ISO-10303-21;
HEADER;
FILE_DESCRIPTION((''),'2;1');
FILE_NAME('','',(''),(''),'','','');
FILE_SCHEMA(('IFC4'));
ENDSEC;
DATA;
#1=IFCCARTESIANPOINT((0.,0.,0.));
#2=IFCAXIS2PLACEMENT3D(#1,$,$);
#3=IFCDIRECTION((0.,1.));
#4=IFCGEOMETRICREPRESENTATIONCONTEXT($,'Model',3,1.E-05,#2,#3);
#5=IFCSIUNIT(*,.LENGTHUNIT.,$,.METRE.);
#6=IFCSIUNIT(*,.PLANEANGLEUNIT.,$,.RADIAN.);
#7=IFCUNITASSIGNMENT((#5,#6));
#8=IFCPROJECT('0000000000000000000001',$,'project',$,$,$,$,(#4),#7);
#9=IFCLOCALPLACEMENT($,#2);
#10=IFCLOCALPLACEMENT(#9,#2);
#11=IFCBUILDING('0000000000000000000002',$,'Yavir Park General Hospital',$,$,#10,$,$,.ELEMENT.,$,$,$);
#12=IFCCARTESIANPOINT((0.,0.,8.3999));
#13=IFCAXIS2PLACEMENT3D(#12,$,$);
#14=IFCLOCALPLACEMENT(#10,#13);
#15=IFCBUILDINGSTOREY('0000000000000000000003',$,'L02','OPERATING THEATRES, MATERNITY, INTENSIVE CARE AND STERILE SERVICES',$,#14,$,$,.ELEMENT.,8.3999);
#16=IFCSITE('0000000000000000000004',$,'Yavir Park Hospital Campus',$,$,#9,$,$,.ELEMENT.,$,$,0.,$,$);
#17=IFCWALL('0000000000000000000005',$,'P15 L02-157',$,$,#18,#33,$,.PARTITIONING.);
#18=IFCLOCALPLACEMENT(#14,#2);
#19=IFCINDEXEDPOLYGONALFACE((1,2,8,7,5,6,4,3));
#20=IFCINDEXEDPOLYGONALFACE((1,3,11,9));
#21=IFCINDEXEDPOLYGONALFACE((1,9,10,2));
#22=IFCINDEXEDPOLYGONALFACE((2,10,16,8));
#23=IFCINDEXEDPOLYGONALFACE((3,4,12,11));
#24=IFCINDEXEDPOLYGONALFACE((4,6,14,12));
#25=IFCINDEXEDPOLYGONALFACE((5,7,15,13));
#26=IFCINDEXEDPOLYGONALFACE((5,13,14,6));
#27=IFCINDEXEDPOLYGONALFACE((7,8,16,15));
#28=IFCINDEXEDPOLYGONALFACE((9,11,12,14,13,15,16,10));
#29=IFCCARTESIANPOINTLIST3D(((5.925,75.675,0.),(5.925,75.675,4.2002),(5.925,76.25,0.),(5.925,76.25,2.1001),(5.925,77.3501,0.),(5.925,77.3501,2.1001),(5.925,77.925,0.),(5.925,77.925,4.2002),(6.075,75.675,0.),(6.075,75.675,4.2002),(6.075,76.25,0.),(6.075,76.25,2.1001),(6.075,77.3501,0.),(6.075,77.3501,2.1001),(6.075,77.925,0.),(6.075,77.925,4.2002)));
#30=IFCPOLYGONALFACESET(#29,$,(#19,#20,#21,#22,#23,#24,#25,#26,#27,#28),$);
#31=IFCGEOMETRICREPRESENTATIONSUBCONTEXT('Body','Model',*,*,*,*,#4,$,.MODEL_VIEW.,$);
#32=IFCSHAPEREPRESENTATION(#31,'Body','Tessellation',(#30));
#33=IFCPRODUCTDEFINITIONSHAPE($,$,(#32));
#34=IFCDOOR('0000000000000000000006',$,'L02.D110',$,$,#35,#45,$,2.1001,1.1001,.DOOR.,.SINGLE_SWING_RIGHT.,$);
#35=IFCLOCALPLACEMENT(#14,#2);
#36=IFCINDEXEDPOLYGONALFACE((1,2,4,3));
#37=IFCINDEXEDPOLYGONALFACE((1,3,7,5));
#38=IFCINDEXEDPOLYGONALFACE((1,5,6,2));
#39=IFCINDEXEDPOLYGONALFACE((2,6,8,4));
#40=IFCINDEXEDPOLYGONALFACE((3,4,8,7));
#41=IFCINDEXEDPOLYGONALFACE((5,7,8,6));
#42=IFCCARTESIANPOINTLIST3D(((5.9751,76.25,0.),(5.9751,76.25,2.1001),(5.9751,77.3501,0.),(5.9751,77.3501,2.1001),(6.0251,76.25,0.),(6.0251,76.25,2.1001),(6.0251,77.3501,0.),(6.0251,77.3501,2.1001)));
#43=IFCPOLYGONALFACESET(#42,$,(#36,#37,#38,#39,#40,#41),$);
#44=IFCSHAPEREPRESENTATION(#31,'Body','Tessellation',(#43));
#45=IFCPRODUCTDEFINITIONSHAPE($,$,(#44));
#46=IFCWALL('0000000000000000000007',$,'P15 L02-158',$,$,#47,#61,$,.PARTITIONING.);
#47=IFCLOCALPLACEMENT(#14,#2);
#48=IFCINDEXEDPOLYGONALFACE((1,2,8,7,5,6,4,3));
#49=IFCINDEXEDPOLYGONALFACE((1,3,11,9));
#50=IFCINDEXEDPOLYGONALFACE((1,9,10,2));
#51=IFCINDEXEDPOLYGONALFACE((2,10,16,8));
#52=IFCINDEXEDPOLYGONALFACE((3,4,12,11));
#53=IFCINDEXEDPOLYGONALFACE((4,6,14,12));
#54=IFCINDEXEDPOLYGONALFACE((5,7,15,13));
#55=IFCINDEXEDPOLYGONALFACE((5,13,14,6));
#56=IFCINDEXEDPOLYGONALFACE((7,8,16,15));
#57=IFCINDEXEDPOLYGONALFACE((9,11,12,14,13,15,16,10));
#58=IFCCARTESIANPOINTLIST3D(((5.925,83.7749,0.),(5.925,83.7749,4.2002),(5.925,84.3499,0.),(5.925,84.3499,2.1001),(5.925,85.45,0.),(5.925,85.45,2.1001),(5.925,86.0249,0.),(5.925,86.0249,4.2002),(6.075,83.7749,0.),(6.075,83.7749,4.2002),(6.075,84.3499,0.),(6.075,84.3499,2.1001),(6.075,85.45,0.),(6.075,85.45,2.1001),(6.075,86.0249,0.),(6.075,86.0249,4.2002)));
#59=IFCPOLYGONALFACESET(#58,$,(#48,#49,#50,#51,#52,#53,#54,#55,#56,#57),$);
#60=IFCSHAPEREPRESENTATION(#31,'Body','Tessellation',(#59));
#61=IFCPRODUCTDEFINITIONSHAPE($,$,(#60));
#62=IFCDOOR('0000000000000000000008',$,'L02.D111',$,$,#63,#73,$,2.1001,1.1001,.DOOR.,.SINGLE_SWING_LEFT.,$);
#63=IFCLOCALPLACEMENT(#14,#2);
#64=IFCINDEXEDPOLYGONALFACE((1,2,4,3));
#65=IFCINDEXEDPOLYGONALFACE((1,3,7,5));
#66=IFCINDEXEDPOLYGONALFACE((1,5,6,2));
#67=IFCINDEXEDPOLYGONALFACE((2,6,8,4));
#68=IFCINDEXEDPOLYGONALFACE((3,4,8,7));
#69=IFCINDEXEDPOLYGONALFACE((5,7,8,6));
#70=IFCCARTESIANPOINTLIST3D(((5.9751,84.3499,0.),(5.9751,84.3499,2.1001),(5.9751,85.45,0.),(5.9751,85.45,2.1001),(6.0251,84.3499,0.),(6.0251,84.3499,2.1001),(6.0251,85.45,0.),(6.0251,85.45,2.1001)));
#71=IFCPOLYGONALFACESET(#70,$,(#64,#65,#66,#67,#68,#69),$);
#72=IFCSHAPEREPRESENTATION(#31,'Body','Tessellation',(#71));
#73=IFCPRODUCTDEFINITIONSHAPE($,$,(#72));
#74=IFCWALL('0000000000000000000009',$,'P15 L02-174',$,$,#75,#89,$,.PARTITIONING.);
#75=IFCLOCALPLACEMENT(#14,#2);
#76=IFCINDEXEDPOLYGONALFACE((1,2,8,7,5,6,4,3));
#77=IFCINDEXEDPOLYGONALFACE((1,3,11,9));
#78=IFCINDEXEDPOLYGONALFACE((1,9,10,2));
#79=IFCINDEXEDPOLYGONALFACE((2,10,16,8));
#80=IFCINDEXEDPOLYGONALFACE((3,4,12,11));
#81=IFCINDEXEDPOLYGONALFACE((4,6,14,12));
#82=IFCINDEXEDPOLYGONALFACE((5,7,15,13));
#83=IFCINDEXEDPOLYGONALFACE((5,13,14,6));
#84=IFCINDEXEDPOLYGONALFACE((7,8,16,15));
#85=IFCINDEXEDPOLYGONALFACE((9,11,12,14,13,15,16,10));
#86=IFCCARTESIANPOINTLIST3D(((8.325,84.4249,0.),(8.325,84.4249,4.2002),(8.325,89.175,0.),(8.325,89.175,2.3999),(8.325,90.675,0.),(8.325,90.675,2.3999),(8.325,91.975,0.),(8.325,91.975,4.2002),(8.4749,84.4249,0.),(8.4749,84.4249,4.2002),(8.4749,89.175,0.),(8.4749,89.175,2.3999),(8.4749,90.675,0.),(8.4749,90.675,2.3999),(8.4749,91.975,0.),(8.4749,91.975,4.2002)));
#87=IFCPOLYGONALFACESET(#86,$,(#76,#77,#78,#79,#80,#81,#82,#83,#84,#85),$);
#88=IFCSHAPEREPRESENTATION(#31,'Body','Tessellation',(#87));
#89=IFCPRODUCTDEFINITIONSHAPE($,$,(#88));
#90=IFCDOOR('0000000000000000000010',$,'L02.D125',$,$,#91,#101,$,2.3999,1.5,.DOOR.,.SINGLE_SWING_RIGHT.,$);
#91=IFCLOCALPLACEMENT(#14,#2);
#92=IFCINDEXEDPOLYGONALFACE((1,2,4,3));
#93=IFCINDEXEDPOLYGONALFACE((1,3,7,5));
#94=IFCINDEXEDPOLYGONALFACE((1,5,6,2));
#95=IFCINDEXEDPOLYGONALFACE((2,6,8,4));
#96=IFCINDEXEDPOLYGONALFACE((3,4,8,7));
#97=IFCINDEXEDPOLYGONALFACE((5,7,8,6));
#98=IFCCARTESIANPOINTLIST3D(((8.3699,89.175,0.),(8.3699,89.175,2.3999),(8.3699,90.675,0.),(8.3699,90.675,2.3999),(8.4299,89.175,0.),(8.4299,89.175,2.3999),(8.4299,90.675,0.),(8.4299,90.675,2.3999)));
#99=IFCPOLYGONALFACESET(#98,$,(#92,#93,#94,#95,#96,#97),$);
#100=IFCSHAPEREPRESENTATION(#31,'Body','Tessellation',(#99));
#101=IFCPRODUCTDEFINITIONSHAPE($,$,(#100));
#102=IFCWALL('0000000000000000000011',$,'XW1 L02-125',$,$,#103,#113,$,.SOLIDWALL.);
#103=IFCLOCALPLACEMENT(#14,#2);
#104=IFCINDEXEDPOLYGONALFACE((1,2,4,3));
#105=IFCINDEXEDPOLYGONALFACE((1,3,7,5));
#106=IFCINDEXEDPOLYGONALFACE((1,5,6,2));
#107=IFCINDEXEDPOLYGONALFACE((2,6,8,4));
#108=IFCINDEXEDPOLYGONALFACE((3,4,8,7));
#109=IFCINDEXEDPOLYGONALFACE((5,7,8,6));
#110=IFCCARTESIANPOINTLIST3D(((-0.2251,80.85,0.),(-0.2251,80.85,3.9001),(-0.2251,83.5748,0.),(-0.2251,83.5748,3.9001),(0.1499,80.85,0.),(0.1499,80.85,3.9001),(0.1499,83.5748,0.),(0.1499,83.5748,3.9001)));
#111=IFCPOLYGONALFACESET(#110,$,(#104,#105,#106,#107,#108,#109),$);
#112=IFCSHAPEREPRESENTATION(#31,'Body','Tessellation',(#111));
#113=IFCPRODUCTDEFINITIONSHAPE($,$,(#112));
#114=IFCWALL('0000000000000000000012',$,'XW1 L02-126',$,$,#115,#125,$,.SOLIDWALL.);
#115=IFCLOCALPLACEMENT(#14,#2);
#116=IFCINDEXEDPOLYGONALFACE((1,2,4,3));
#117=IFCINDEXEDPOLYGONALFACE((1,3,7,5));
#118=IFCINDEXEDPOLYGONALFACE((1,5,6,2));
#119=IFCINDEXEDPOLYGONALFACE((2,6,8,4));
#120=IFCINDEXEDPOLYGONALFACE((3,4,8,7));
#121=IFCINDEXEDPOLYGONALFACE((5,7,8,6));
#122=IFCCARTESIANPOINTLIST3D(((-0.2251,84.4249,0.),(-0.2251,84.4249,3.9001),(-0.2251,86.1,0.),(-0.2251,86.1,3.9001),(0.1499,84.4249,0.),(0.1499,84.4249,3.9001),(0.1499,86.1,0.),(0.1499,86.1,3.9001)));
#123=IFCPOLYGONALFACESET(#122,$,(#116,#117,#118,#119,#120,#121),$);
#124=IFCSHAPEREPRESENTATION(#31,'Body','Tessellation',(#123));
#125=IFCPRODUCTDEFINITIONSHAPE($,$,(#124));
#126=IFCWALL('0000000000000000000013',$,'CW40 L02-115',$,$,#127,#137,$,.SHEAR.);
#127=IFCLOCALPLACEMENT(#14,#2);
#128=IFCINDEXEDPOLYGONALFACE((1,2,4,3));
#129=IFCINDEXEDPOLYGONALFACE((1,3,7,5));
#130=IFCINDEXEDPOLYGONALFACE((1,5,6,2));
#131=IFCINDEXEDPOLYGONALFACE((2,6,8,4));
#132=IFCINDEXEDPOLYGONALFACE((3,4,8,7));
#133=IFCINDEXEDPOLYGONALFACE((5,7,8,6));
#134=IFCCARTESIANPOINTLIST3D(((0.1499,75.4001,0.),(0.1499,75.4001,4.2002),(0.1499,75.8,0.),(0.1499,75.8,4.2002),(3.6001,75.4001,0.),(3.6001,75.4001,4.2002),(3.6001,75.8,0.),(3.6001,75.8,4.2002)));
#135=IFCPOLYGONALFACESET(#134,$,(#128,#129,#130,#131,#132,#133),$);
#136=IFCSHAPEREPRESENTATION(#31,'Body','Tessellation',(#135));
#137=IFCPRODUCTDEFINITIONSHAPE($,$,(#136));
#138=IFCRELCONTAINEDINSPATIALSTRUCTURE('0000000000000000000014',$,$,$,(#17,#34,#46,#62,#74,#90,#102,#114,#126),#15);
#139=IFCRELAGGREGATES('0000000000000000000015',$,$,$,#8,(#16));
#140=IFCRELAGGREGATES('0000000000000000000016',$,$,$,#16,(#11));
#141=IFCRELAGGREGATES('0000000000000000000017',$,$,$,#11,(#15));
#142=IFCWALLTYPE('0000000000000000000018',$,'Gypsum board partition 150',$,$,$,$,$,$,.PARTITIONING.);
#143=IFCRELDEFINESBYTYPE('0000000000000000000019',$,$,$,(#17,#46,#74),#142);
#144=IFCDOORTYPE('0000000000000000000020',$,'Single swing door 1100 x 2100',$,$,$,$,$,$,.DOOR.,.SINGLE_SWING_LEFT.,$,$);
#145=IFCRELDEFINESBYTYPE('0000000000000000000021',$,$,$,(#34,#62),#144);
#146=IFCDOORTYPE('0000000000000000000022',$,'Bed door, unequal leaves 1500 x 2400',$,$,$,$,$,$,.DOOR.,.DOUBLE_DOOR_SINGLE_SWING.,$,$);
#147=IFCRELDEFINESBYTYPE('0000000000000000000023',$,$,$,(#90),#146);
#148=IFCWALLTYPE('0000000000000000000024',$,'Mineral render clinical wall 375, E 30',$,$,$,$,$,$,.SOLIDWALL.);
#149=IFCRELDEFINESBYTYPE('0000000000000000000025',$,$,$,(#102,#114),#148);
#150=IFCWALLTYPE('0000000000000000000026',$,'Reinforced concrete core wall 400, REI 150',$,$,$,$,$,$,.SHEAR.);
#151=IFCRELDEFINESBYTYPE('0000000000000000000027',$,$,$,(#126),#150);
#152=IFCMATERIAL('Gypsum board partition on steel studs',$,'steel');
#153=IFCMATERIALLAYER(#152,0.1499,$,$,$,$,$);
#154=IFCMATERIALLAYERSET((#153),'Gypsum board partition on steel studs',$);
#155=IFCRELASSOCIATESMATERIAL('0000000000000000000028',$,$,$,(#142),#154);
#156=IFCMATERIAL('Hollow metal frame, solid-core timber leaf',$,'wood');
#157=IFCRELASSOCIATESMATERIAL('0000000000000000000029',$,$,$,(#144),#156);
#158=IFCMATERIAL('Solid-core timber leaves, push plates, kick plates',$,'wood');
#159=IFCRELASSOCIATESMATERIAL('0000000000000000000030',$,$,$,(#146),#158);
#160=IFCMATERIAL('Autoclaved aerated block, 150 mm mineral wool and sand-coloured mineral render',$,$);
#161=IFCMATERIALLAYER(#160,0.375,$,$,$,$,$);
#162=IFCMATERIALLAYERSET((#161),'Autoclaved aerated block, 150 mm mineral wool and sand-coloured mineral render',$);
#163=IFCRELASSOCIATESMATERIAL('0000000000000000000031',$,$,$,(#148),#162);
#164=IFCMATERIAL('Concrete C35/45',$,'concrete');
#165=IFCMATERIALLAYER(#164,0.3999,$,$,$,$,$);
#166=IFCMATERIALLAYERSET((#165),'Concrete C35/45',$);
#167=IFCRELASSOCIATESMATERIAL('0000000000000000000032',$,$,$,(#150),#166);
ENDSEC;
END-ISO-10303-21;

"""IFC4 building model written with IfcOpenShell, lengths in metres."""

from ifc_helpers import new_model, si_unit, direction, frame, frame_2d, origin, place, context, subcontext, project, spatial, rectangle, extrude, material, layer, layer_set, type_object, element, fill, save


model = new_model("IFC4")

# Units and contexts
model_context = context("Model", 3, precision=1e-05, world=origin(), true_north=direction((0.0, 1.0)))
body_context = subcontext(model_context, "Body", "Model", "MODEL_VIEW")
ifc_project = project(units=[si_unit("LENGTHUNIT", "METRE"), si_unit("PLANEANGLEUNIT", "RADIAN")], contexts=[model_context])

# Site, building, storey
site_placement = place(None, origin())
site = spatial("IfcSite", under=ifc_project, at=site_placement, Name="Yavir Park Hospital Campus", CompositionType="ELEMENT", RefElevation=0.0)
building_placement = place(site_placement, origin())
building = spatial("IfcBuilding", under=site, at=building_placement, Name="Yavir Park General Hospital", CompositionType="ELEMENT")
storey_placement = place(building_placement, frame((0.0, 0.0, 8.3999)))
storey = spatial("IfcBuildingStorey", under=building, at=storey_placement, Name="L02", Description="OPERATING THEATRES, MATERNITY, INTENSIVE CARE AND STERILE SERVICES", CompositionType="ELEMENT", Elevation=8.3999)

# Shared definitions
ifc_material_1 = material(Name="Gypsum board partition on steel studs", Category="steel")
ifc_layer_1 = layer(ifc_material_1, 0.1499)
ifc_layer_set_1 = layer_set([ifc_layer_1], Name="Gypsum board partition on steel studs")
wall_type_1 = type_object("IfcWallType", Name="Gypsum board partition 150", PredefinedType="PARTITIONING", material=ifc_layer_set_1)

# Walls, openings, doors
wall_1_placement = place(storey_placement, frame((6.0, 75.675, 0.0), z_axis=(0.0, 0.0, 1.0), x_axis=(0.0, 1.0, 0.0)))
wall_1 = element("IfcWall", 1, at=wall_1_placement, inside=storey, type_object=wall_type_1, Name="P15 L02-157", PredefinedType="PARTITIONING", context=body_context, shape_type="SweptSolid", body=[
    extrude(rectangle(XDim=2.25, YDim=0.1499, at=frame_2d((1.125, 0.0))), origin(), (0.0, 0.0, 1.0), 4.2002),
])
opening_1_placement = place(wall_1_placement, frame((0.575, 0.0, 0.0)))
opening_1 = element("IfcOpeningElement", 2, at=opening_1_placement, cuts=wall_1, PredefinedType="OPENING", context=body_context, shape_type="SweptSolid", body=[
    extrude(rectangle(XDim=1.1001, YDim=2.1001, at=frame_2d((0.55, 1.05))), frame((0.0, 0.085, 0.0), z_axis=(0.0, -1.0, 0.0), x_axis=(1.0, 0.0, 0.0)), (0.0, 0.0, 1.0), 0.1699),
])
ifc_material_2 = material(Name="Hollow metal frame, solid-core timber leaf", Category="wood")
door_type_1 = type_object("IfcDoorType", Name="Single swing door 1100 x 2100", OperationType="SINGLE_SWING_LEFT", PredefinedType="DOOR", material=ifc_material_2)
door_1_placement = place(opening_1_placement, origin())
door_1 = element("IfcDoor", 3, at=door_1_placement, inside=storey, type_object=door_type_1, Name="L02.D110", OperationType="SINGLE_SWING_RIGHT", OverallHeight=2.1001, OverallWidth=1.1001, PredefinedType="DOOR", context=body_context, shape_type="SweptSolid", body=[
    extrude(rectangle(XDim=1.1001, YDim=2.1001, at=frame_2d((0.55, 1.05))), frame((0.0, 0.0249, 0.0), z_axis=(0.0, -1.0, 0.0), x_axis=(1.0, 0.0, 0.0)), (0.0, 0.0, 1.0), 0.05),
])
fill(opening_1, door_1)
wall_2_placement = place(storey_placement, frame((6.0, 83.7749, 0.0), z_axis=(0.0, 0.0, 1.0), x_axis=(0.0, 1.0, 0.0)))
wall_2 = element("IfcWall", 4, at=wall_2_placement, inside=storey, type_object=wall_type_1, Name="P15 L02-158", PredefinedType="PARTITIONING", context=body_context, shape_type="SweptSolid", body=[
    extrude(rectangle(XDim=2.25, YDim=0.1499, at=frame_2d((1.125, 0.0))), origin(), (0.0, 0.0, 1.0), 4.2002),
])
opening_2_placement = place(wall_2_placement, frame((0.575, 0.0, 0.0)))
opening_2 = element("IfcOpeningElement", 5, at=opening_2_placement, cuts=wall_2, PredefinedType="OPENING", context=body_context, shape_type="SweptSolid", body=[
    extrude(rectangle(XDim=1.1001, YDim=2.1001, at=frame_2d((0.55, 1.05))), frame((0.0, 0.085, 0.0), z_axis=(0.0, -1.0, 0.0), x_axis=(1.0, 0.0, 0.0)), (0.0, 0.0, 1.0), 0.1699),
])
door_2_placement = place(opening_2_placement, origin())
door_2 = element("IfcDoor", 6, at=door_2_placement, inside=storey, type_object=door_type_1, Name="L02.D111", OperationType="SINGLE_SWING_LEFT", OverallHeight=2.1001, OverallWidth=1.1001, PredefinedType="DOOR", context=body_context, shape_type="SweptSolid", body=[
    extrude(rectangle(XDim=1.1001, YDim=2.1001, at=frame_2d((0.55, 1.05))), frame((0.0, 0.0249, 0.0), z_axis=(0.0, -1.0, 0.0), x_axis=(1.0, 0.0, 0.0)), (0.0, 0.0, 1.0), 0.05),
])
fill(opening_2, door_2)

# Shared definitions
ifc_material_3 = material(Name="Solid-core timber leaves, push plates, kick plates", Category="wood")
door_type_2 = type_object("IfcDoorType", Name="Bed door, unequal leaves 1500 x 2400", OperationType="DOUBLE_DOOR_SINGLE_SWING", PredefinedType="DOOR", material=ifc_material_3)

# Wall, opening, door
wall_3_placement = place(storey_placement, frame((8.3999, 84.425, 0.0), z_axis=(0.0, 0.0, 1.0), x_axis=(0.0, 1.0, 0.0)))
wall_3 = element("IfcWall", 7, at=wall_3_placement, inside=storey, type_object=wall_type_1, Name="P15 L02-174", PredefinedType="PARTITIONING", context=body_context, shape_type="SweptSolid", body=[
    extrude(rectangle(XDim=7.55, YDim=0.1499, at=frame_2d((3.7749, 0.0))), origin(), (0.0, 0.0, 1.0), 4.2002),
])
opening_3_placement = place(wall_3_placement, frame((4.75, 0.0, 0.0)))
opening_3 = element("IfcOpeningElement", 8, at=opening_3_placement, cuts=wall_3, PredefinedType="OPENING", context=body_context, shape_type="SweptSolid", body=[
    extrude(rectangle(XDim=1.5, YDim=2.3999, at=frame_2d((0.75, 1.2))), frame((0.0, 0.085, 0.0), z_axis=(0.0, -1.0, 0.0), x_axis=(1.0, 0.0, 0.0)), (0.0, 0.0, 1.0), 0.1699),
])
door_3_placement = place(opening_3_placement, origin())
door_3 = element("IfcDoor", 9, at=door_3_placement, inside=storey, type_object=door_type_2, Name="L02.D125", OperationType="SINGLE_SWING_RIGHT", OverallHeight=2.3999, OverallWidth=1.5, PredefinedType="DOOR", context=body_context, shape_type="SweptSolid", body=[
    extrude(rectangle(XDim=1.5, YDim=2.3999, at=frame_2d((0.75, 1.2))), frame((0.0, 0.03, 0.0), z_axis=(0.0, -1.0, 0.0), x_axis=(1.0, 0.0, 0.0)), (0.0, 0.0, 1.0), 0.0601),
])
fill(opening_3, door_3)

# Walls
ifc_material_4 = material(Name="Autoclaved aerated block, 150 mm mineral wool and sand-coloured mineral render")
ifc_layer_2 = layer(ifc_material_4, 0.375)
ifc_layer_set_2 = layer_set([ifc_layer_2], Name="Autoclaved aerated block, 150 mm mineral wool and sand-coloured mineral render")
wall_type_2 = type_object("IfcWallType", Name="Mineral render clinical wall 375, E 30", PredefinedType="SOLIDWALL", material=ifc_layer_set_2)
wall_4_placement = place(storey_placement, frame((-0.0376, 80.8501, 0.0), z_axis=(0.0, 0.0, 1.0), x_axis=(0.0, 1.0, 0.0)))
element("IfcWall", 10, at=wall_4_placement, inside=storey, type_object=wall_type_2, Name="XW1 L02-125", PredefinedType="SOLIDWALL", context=body_context, shape_type="SweptSolid", body=[
    extrude(rectangle(XDim=2.7249, YDim=0.375, at=frame_2d((1.3623, 0.0))), origin(), (0.0, 0.0, 1.0), 3.9001),
])
wall_5_placement = place(storey_placement, frame((-0.0376, 84.425, 0.0), z_axis=(0.0, 0.0, 1.0), x_axis=(0.0, 1.0, 0.0)))
element("IfcWall", 11, at=wall_5_placement, inside=storey, type_object=wall_type_2, Name="XW1 L02-126", PredefinedType="SOLIDWALL", context=body_context, shape_type="SweptSolid", body=[
    extrude(rectangle(XDim=1.675, YDim=0.375, at=frame_2d((0.8374, 0.0))), origin(), (0.0, 0.0, 1.0), 3.9001),
])
ifc_material_5 = material(Name="Concrete C35/45", Category="concrete")
ifc_layer_3 = layer(ifc_material_5, 0.3999)
ifc_layer_set_3 = layer_set([ifc_layer_3], Name="Concrete C35/45")
wall_type_3 = type_object("IfcWallType", Name="Reinforced concrete core wall 400, REI 150", PredefinedType="SHEAR", material=ifc_layer_set_3)
wall_6_placement = place(storey_placement, frame((0.1499, 75.6001, 0.0), z_axis=(0.0, 0.0, 1.0), x_axis=(1.0, 0.0, 0.0)))
element("IfcWall", 12, at=wall_6_placement, inside=storey, type_object=wall_type_3, Name="CW40 L02-115", PredefinedType="SHEAR", context=body_context, shape_type="SweptSolid", body=[
    extrude(rectangle(XDim=3.4502, YDim=0.3999, at=frame_2d((1.7251, 0.0))), origin(), (0.0, 0.0, 1.0), 4.2002),
])

save(model, "model.ifc")
